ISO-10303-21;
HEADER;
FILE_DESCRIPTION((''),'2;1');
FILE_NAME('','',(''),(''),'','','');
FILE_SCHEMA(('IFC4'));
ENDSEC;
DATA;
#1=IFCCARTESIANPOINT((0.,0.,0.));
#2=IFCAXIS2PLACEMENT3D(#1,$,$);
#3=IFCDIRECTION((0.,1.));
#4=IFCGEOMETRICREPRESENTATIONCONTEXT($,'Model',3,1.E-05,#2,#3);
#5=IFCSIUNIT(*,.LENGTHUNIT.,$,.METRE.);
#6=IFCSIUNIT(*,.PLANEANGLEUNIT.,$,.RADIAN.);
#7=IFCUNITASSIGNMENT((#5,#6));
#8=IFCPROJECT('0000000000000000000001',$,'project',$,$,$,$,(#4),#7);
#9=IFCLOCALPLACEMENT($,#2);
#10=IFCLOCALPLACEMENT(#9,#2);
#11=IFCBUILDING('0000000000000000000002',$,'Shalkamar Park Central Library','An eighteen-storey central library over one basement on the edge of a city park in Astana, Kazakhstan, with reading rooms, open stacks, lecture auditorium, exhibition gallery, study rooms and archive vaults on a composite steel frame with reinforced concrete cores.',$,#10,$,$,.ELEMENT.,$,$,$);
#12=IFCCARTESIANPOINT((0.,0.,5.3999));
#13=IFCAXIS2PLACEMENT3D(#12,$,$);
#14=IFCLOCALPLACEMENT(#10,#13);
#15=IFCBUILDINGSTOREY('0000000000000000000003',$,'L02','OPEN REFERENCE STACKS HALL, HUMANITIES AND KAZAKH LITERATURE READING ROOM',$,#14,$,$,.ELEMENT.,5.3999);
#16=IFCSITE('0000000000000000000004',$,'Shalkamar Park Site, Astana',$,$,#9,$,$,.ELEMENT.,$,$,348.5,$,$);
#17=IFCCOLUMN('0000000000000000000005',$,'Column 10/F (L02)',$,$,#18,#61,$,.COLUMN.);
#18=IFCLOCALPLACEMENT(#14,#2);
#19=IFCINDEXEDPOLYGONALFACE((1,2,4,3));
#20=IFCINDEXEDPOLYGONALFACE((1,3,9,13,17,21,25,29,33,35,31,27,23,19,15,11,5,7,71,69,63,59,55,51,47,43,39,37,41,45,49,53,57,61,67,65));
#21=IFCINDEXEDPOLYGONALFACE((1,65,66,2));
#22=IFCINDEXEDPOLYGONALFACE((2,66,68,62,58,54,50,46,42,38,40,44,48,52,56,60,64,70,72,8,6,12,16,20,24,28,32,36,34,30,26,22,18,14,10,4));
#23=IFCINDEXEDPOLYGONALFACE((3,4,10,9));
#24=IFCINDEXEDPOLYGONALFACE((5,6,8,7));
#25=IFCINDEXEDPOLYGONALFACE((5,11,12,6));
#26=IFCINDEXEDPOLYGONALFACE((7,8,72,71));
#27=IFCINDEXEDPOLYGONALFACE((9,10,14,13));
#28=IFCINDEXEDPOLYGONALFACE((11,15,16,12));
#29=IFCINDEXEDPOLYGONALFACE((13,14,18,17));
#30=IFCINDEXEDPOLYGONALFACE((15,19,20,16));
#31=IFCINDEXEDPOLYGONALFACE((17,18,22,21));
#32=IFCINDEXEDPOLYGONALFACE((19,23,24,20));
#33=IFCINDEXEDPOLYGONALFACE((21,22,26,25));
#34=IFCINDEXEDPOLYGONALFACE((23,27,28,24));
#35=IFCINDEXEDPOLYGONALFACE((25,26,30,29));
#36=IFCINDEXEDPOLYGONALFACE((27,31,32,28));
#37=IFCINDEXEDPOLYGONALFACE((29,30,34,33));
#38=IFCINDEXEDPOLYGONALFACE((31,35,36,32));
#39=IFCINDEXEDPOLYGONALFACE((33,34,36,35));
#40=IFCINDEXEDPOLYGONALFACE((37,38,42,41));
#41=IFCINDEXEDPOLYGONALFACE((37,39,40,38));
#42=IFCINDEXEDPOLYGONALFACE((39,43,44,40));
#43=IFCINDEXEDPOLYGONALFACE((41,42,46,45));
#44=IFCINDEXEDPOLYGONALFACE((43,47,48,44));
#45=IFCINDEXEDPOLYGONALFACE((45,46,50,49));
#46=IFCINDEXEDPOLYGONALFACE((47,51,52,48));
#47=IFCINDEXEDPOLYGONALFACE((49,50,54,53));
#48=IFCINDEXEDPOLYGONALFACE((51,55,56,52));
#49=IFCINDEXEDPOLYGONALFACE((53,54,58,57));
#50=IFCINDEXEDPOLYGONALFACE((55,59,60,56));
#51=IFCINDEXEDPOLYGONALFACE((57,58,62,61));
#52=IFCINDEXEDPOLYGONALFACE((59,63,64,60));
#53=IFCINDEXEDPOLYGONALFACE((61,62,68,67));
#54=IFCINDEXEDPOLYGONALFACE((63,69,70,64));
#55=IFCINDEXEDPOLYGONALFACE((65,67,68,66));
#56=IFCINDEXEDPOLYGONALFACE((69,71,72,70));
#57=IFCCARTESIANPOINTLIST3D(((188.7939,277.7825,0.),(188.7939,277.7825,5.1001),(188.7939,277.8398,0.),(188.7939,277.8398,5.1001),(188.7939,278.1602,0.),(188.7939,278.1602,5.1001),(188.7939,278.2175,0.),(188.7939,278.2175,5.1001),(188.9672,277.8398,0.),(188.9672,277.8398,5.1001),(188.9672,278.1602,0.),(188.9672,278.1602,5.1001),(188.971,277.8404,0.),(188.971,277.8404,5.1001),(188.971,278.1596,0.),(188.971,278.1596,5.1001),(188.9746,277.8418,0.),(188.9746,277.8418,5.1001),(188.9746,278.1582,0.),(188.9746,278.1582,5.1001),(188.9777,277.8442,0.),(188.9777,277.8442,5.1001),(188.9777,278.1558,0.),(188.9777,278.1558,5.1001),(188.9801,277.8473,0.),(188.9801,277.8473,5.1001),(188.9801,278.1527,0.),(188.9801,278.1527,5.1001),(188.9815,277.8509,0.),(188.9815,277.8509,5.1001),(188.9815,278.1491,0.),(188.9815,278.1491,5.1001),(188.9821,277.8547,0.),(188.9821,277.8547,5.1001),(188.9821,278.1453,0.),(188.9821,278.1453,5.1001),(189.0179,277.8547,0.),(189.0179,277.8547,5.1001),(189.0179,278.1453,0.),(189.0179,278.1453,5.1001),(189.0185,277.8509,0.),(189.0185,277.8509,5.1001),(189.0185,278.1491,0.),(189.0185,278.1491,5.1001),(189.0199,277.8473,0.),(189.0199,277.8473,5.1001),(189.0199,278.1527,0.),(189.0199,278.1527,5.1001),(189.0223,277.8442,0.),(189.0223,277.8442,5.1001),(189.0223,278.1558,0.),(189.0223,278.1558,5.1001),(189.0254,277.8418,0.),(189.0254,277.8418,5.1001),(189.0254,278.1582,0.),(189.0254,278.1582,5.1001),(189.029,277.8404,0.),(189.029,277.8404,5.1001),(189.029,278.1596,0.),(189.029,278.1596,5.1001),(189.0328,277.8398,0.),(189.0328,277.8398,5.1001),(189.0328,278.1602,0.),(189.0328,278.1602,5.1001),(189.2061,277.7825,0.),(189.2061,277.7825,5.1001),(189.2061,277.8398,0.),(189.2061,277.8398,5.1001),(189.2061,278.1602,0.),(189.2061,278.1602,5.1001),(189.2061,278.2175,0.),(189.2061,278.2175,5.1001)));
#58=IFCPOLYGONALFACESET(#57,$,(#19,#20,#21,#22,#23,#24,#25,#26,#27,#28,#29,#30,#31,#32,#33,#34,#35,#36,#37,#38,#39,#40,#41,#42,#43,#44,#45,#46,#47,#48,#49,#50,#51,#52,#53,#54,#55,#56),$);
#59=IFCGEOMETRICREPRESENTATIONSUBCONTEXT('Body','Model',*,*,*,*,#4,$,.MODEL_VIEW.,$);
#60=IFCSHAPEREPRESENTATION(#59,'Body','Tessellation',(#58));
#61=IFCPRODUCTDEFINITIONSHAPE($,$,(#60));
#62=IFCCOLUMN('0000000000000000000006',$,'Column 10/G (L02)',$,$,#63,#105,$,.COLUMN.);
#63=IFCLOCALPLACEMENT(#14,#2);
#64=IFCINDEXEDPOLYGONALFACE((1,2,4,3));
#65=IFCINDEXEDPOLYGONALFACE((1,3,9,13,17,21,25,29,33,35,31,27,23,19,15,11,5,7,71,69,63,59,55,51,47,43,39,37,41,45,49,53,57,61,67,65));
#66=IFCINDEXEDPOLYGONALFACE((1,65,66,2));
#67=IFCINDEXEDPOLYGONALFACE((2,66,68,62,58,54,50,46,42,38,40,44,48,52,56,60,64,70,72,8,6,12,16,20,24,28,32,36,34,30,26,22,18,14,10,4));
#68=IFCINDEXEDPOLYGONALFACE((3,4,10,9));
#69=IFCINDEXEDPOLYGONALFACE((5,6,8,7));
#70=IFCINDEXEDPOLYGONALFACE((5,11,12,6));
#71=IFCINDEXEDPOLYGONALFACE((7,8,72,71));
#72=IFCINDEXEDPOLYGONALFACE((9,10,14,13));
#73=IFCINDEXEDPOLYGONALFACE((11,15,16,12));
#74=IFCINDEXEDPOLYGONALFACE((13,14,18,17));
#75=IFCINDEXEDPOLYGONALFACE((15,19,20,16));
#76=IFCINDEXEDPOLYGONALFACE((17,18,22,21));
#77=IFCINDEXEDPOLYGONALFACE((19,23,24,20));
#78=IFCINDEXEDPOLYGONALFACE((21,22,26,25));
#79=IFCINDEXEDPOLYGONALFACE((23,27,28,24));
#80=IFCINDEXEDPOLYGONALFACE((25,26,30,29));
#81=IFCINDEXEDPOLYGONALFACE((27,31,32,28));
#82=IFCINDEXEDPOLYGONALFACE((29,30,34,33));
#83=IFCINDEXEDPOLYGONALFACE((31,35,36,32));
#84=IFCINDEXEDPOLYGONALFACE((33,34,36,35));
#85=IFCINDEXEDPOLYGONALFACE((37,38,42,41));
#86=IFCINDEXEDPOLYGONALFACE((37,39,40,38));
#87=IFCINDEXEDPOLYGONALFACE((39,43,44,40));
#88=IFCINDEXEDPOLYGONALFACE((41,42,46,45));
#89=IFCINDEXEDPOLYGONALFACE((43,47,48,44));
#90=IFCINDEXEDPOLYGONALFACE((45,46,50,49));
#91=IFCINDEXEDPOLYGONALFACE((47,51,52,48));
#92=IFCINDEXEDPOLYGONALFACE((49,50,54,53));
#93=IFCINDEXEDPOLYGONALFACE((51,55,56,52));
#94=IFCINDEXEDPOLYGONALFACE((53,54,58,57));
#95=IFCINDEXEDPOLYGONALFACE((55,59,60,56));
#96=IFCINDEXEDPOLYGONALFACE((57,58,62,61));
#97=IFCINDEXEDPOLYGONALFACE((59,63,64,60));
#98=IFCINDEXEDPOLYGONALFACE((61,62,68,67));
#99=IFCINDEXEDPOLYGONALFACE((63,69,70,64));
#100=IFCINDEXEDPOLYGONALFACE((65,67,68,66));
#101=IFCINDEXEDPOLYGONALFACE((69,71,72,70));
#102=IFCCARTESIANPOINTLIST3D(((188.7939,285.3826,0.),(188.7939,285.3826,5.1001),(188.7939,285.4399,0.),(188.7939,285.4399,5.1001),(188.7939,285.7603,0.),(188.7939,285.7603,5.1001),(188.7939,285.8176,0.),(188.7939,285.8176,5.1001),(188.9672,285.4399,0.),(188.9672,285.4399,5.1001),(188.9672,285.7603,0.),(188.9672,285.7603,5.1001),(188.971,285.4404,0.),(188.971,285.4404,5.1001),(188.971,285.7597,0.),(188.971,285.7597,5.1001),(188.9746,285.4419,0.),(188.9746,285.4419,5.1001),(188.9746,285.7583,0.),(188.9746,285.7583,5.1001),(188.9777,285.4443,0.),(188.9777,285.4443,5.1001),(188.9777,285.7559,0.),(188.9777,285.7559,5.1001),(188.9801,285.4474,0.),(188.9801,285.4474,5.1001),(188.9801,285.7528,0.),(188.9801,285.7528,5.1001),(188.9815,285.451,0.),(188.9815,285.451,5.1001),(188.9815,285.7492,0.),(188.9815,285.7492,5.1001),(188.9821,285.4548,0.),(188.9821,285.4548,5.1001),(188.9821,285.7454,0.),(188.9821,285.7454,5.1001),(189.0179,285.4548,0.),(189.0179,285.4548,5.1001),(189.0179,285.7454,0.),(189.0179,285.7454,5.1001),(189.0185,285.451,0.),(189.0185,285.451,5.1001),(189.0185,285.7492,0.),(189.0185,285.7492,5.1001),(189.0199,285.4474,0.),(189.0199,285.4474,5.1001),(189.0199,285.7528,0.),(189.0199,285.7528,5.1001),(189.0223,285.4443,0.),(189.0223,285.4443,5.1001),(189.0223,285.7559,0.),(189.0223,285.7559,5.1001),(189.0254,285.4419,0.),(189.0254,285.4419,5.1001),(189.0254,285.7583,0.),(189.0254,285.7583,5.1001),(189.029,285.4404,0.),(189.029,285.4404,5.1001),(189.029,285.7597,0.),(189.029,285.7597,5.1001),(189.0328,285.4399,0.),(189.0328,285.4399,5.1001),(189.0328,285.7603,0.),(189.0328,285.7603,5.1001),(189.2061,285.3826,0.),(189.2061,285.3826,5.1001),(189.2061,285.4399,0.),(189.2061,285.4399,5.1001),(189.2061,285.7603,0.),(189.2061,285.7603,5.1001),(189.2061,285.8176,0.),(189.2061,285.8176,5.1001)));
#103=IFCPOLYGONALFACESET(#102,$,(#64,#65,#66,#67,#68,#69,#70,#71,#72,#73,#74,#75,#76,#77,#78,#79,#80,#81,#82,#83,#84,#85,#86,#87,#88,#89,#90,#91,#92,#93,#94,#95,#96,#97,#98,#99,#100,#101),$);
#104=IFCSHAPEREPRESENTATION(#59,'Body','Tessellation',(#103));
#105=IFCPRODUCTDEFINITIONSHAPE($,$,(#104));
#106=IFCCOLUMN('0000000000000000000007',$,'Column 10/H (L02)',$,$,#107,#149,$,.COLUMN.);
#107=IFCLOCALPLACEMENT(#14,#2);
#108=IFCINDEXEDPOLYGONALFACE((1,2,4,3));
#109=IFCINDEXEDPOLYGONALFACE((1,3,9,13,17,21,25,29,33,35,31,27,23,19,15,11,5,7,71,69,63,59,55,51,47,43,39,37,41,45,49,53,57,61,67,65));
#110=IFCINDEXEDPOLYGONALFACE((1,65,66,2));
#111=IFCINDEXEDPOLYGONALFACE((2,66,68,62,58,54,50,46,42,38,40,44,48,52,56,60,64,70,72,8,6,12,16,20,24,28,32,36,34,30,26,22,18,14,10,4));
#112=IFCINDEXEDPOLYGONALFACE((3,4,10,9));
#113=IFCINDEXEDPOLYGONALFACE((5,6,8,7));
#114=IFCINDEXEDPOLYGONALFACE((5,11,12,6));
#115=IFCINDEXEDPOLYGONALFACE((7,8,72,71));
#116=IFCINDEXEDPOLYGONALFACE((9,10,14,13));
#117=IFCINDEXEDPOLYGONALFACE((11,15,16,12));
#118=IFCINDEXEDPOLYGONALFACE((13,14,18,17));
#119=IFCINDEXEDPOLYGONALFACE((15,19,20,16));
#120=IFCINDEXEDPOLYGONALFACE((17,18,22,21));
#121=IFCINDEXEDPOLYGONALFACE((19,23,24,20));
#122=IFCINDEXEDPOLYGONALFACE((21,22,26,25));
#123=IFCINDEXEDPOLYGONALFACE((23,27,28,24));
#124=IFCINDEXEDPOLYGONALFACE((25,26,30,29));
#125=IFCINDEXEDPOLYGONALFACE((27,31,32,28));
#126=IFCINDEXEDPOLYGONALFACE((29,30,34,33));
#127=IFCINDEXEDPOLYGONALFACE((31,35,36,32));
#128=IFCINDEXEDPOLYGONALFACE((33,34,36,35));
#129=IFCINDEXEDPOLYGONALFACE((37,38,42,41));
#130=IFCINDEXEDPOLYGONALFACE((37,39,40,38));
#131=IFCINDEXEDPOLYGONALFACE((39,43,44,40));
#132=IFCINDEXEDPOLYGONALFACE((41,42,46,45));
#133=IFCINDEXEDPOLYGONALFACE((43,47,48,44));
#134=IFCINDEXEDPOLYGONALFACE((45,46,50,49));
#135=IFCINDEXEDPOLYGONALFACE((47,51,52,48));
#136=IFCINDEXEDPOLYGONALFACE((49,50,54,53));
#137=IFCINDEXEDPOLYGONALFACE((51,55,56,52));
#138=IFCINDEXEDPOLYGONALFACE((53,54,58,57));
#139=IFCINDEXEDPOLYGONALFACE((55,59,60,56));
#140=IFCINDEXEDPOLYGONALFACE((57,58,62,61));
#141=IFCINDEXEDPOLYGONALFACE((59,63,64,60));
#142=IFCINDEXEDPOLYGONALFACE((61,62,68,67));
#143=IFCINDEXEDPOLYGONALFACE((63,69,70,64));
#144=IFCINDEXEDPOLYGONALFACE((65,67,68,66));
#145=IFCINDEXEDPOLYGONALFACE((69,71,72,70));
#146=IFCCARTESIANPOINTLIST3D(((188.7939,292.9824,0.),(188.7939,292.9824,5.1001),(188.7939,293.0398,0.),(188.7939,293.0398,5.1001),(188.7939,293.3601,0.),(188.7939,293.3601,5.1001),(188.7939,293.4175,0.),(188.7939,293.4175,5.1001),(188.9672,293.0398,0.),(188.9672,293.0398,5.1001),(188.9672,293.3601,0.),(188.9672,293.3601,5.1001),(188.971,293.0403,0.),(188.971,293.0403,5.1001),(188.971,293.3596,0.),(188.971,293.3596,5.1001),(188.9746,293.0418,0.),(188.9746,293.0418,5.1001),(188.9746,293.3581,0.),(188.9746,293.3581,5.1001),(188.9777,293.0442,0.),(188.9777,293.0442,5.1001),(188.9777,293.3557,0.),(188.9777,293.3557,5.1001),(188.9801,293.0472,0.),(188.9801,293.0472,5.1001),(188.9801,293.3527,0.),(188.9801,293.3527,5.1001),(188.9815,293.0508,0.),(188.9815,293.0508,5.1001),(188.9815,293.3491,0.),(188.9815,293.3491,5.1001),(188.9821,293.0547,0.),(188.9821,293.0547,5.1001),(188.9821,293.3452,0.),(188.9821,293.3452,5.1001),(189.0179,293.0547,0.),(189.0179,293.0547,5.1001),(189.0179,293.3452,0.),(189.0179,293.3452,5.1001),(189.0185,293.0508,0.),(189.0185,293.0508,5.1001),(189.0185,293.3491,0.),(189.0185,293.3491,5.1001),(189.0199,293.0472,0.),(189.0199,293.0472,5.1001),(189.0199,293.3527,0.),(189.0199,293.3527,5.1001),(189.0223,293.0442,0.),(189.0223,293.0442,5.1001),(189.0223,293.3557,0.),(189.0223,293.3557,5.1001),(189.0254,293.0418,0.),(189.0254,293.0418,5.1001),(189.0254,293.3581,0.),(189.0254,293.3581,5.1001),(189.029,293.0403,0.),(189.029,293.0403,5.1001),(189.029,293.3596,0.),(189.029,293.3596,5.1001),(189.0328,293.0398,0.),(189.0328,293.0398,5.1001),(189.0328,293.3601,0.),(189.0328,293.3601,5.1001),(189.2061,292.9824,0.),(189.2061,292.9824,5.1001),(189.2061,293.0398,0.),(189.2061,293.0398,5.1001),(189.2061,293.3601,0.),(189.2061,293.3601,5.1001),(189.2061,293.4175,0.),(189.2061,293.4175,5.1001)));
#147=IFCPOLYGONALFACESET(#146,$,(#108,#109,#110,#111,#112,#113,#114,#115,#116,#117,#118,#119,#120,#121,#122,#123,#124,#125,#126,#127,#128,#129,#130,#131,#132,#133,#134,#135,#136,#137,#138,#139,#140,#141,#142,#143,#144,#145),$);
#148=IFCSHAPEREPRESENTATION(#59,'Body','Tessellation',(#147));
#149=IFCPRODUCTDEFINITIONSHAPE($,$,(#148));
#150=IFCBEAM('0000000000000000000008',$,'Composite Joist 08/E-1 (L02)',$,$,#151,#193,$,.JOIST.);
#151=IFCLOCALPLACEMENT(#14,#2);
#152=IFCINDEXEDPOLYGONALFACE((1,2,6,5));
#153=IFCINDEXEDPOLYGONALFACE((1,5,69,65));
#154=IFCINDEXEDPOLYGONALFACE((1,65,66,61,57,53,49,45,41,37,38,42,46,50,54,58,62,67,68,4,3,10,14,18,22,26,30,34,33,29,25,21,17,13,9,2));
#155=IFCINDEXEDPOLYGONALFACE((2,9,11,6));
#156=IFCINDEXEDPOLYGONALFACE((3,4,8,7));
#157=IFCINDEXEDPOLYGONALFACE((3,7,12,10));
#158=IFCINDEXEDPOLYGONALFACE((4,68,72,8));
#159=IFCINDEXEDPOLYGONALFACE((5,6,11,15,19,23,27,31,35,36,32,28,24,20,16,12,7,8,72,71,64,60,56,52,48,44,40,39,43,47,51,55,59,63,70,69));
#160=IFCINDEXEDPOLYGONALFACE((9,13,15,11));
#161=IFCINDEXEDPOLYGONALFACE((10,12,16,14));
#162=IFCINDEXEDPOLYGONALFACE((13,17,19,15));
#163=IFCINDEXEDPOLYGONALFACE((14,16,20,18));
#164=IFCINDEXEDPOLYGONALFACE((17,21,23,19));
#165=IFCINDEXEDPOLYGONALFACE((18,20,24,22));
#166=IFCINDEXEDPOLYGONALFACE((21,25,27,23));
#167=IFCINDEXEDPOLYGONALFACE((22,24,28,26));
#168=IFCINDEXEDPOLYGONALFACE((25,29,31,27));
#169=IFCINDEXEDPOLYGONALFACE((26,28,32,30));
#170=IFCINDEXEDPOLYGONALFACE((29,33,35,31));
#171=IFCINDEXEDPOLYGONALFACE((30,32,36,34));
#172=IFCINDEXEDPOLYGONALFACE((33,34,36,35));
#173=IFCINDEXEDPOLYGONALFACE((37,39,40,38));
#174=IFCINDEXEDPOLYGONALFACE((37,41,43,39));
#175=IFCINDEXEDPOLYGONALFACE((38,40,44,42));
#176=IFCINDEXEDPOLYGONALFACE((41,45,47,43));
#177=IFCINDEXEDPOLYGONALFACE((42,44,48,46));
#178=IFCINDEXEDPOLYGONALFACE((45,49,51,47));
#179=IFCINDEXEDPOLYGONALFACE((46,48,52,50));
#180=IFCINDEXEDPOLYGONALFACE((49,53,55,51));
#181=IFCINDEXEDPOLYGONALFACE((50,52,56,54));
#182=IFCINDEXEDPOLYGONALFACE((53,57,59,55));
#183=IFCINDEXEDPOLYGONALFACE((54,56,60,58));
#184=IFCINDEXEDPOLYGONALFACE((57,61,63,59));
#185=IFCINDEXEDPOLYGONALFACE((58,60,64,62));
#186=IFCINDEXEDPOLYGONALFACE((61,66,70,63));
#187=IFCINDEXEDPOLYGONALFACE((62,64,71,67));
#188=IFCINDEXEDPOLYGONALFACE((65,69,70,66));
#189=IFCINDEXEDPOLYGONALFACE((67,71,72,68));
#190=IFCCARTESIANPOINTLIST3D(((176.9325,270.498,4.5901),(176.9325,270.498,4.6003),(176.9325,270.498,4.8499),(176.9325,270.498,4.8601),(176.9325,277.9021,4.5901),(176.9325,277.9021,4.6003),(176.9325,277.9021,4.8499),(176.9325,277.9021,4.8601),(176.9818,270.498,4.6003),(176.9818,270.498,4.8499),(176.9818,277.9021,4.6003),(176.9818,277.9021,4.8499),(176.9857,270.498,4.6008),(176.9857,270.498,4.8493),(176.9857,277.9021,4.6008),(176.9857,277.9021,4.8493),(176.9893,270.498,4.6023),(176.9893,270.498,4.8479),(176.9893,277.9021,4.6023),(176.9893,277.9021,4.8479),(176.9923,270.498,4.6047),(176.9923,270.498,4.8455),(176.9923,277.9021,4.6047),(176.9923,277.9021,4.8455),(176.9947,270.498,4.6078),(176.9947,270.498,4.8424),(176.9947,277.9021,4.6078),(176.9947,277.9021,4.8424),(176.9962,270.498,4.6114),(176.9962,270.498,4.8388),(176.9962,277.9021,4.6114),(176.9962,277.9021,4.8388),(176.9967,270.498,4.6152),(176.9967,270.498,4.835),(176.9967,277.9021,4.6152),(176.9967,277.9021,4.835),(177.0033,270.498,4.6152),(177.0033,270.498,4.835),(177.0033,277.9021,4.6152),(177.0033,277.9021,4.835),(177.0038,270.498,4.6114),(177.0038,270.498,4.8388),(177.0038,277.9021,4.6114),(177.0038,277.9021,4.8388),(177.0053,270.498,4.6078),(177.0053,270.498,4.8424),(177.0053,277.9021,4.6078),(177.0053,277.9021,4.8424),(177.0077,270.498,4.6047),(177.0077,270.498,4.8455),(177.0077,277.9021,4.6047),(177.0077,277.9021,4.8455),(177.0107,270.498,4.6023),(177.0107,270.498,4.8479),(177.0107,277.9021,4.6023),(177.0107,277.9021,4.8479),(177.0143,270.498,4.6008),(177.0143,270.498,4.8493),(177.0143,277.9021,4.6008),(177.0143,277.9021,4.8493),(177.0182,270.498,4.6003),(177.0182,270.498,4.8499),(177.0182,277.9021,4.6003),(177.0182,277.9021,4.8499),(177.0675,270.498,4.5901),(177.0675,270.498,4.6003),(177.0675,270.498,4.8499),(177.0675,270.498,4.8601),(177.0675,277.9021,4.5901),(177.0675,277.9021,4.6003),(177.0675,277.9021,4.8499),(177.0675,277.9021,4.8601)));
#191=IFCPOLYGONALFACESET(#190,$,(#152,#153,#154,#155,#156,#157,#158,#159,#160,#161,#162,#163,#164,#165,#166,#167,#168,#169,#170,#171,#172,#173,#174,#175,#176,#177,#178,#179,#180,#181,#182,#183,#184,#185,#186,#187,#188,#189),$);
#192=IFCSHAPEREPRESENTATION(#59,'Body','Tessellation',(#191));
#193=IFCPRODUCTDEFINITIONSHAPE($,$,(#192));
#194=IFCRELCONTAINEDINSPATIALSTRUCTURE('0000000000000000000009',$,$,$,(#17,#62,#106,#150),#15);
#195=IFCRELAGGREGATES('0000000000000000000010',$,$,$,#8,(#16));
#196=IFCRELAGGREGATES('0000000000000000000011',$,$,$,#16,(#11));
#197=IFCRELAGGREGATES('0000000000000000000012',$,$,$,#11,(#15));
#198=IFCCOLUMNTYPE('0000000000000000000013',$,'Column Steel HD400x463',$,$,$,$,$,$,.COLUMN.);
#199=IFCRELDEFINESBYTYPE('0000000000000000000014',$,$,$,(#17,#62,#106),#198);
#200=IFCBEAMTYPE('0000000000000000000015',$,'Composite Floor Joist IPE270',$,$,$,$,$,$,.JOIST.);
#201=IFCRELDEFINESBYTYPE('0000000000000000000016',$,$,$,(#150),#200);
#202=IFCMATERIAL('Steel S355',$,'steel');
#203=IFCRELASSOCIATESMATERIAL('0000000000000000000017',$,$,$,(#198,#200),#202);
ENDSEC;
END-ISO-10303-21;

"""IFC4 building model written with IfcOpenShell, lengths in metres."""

from ifc_helpers import new_model, si_unit, direction, frame, origin, origin_2d, place, context, subcontext, project, spatial, i_section, extrude, material, material_profile, profile_set, type_object, element, save


model = new_model("IFC4")

# Units and contexts
model_context = context("Model", 3, precision=1e-05, world=origin(), true_north=direction((0.0, 1.0)))
body_context = subcontext(model_context, "Body", "Model", "MODEL_VIEW")
ifc_project = project(units=[si_unit("LENGTHUNIT", "METRE"), si_unit("PLANEANGLEUNIT", "RADIAN")], contexts=[model_context])

# Site, building, storey
site_placement = place(None, origin())
site = spatial("IfcSite", under=ifc_project, at=site_placement, Name="Shalkamar Park Site, Astana", CompositionType="ELEMENT", RefElevation=348.5)
building_placement = place(site_placement, origin())
building = spatial("IfcBuilding", under=site, at=building_placement, Name="Shalkamar Park Central Library", Description="An eighteen-storey central library over one basement on the edge of a city park in Astana, Kazakhstan, with reading rooms, open stacks, lecture auditorium, exhibition gallery, study rooms and archive vaults on a composite steel frame with reinforced concrete cores.", CompositionType="ELEMENT")
storey_placement = place(building_placement, frame((0.0, 0.0, 5.3999)))
storey = spatial("IfcBuildingStorey", under=building, at=storey_placement, Name="L02", Description="OPEN REFERENCE STACKS HALL, HUMANITIES AND KAZAKH LITERATURE READING ROOM", CompositionType="ELEMENT", Elevation=5.3999)

# Columns
ifc_material = material(Name="Steel S355", Category="steel")
ifc_material_profile_1 = material_profile(ifc_material, i_section(OverallWidth=0.4121, OverallDepth=0.4351, WebThickness=0.0359, FlangeThickness=0.0574, FilletRadius=0.0149, at=origin_2d()), Name="HD 400x463")
ifc_profile_set_1 = profile_set([ifc_material_profile_1], Name="Steel S355")
column_type = type_object("IfcColumnType", Name="Column Steel HD400x463", PredefinedType="COLUMN", material=ifc_profile_set_1)
for number, where, z_axis, x_axis, name in (
    (1, (189.0, 278.0, 0.0), (0.0, 0.0, 1.0), (1.0, 0.0, 0.0), "Column 10/F (L02)"),
    (2, (189.0, 285.6001, 0.0), (0.0, 0.0, 1.0), (1.0, 0.0, 0.0), "Column 10/G (L02)"),
    (3, (189.0, 293.2, 0.0), (0.0, 0.0, 1.0), (1.0, 0.0, 0.0), "Column 10/H (L02)"),
):
    element("IfcColumn", number, at=place(storey_placement, frame(where, z_axis=z_axis, x_axis=x_axis)), inside=storey, type_object=column_type, Name=name, PredefinedType="COLUMN", context=body_context, shape_type="SweptSolid", body=[
        extrude(i_section(OverallWidth=0.4121, OverallDepth=0.4351, WebThickness=0.0359, FlangeThickness=0.0574, FilletRadius=0.0149, at=origin_2d()), origin(), (0.0, 0.0, 1.0), 5.1001),
    ])

# Beam
ifc_material_profile_2 = material_profile(ifc_material, i_section(OverallWidth=0.135, OverallDepth=0.27, WebThickness=0.0066, FlangeThickness=0.0103, FilletRadius=0.0149, at=origin_2d()), Name="IPE 270")
ifc_profile_set_2 = profile_set([ifc_material_profile_2], Name="Steel S355")
beam_type_1 = type_object("IfcBeamType", Name="Composite Floor Joist IPE270", PredefinedType="JOIST", material=ifc_profile_set_2)
for number, where, z_axis, x_axis, name in (
    (4, (177.0, 270.498, 4.7251), (0.0, 1.0, 0.0), (-1.0, 0.0, 0.0), "Composite Joist 08/E-1 (L02)"),
):
    element("IfcBeam", number, at=place(storey_placement, frame(where, z_axis=z_axis, x_axis=x_axis)), inside=storey, type_object=beam_type_1, Name=name, PredefinedType="JOIST", context=body_context, shape_type="SweptSolid", body=[
        extrude(i_section(OverallWidth=0.135, OverallDepth=0.27, WebThickness=0.0066, FlangeThickness=0.0103, FilletRadius=0.0149, at=origin_2d()), origin(), (0.0, 0.0, 1.0), 7.4041),
    ])

save(model, "model.ifc")
